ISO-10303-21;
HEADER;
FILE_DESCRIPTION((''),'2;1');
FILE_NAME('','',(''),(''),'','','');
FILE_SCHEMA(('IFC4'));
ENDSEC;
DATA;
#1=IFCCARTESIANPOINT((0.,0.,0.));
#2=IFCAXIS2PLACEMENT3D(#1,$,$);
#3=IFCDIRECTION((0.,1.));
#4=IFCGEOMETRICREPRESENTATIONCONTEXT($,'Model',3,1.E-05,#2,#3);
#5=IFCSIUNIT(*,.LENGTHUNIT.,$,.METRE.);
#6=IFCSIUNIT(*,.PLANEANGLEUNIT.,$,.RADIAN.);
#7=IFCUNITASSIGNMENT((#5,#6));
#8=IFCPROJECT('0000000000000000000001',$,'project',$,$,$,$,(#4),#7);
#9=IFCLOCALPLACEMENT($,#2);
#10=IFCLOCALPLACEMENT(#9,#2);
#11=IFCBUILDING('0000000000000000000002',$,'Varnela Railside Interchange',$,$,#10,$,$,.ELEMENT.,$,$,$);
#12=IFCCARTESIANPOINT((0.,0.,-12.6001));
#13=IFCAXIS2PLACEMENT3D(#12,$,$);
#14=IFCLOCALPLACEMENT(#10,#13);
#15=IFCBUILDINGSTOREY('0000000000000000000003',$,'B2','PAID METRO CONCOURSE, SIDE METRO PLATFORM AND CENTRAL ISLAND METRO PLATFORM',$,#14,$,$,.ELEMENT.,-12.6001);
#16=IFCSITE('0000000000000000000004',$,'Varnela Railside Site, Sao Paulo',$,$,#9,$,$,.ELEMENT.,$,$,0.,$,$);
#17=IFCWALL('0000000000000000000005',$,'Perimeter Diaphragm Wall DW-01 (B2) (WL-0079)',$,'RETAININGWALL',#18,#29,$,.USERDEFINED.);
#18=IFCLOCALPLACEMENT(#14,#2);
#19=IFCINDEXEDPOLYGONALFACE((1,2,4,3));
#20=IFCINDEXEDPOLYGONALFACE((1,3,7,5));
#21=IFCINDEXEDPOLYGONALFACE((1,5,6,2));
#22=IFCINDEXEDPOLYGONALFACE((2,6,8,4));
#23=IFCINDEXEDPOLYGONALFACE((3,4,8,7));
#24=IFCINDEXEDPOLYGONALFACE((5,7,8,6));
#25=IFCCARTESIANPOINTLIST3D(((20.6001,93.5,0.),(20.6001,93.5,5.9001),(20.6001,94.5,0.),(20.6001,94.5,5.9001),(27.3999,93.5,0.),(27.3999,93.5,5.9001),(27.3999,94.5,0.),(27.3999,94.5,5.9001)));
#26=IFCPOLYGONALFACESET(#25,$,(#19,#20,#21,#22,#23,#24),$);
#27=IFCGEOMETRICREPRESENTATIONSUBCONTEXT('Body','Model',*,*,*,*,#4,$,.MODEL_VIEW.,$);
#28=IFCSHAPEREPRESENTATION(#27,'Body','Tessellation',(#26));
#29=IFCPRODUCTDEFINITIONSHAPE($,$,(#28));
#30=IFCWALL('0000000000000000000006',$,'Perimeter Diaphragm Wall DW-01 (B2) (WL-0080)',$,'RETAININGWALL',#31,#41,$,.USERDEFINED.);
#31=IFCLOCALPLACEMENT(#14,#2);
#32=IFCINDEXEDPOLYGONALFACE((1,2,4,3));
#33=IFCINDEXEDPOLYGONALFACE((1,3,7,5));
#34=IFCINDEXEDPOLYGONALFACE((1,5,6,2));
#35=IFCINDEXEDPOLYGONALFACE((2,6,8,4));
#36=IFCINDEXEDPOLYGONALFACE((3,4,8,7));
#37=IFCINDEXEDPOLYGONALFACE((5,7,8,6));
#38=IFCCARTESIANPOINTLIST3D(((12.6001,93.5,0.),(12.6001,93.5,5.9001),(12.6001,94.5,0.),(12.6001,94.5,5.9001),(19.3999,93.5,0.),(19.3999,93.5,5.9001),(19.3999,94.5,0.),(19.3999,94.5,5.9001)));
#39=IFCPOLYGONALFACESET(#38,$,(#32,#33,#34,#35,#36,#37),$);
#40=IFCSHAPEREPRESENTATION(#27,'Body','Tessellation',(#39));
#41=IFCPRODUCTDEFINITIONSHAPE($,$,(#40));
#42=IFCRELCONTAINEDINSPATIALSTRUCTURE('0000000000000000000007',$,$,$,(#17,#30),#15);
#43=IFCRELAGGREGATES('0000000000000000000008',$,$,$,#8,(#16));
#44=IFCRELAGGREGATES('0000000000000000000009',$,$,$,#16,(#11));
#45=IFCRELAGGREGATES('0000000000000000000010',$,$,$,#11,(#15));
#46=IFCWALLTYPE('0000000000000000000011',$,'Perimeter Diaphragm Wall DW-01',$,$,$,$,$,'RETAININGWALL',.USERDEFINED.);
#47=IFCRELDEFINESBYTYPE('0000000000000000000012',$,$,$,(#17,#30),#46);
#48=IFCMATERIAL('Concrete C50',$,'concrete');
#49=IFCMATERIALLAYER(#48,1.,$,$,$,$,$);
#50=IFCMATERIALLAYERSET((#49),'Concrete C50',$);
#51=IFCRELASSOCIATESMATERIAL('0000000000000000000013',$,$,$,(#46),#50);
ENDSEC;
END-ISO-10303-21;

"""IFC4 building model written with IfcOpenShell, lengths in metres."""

from ifc_helpers import new_model, si_unit, direction, frame, frame_2d, origin, place, context, subcontext, project, spatial, rectangle, extrude, material, layer, layer_set, type_object, element, save


model = new_model("IFC4")

# Units and contexts
model_context = context("Model", 3, precision=1e-05, world=origin(), true_north=direction((0.0, 1.0)))
body_context = subcontext(model_context, "Body", "Model", "MODEL_VIEW")
ifc_project = project(units=[si_unit("LENGTHUNIT", "METRE"), si_unit("PLANEANGLEUNIT", "RADIAN")], contexts=[model_context])

# Site, building, storey
site_placement = place(None, origin())
site = spatial("IfcSite", under=ifc_project, at=site_placement, Name="Varnela Railside Site, Sao Paulo", CompositionType="ELEMENT", RefElevation=0.0)
building_placement = place(site_placement, origin())
building = spatial("IfcBuilding", under=site, at=building_placement, Name="Varnela Railside Interchange", CompositionType="ELEMENT")
storey_placement = place(building_placement, frame((0.0, 0.0, -12.6001)))
storey = spatial("IfcBuildingStorey", under=building, at=storey_placement, Name="B2", Description="PAID METRO CONCOURSE, SIDE METRO PLATFORM AND CENTRAL ISLAND METRO PLATFORM", CompositionType="ELEMENT", Elevation=-12.6001)

# Shared definitions
ifc_material_1 = material(Name="Concrete C50", Category="concrete")

# Walls
ifc_layer = layer(ifc_material_1, 1.0)
ifc_layer_set = layer_set([ifc_layer], Name="Concrete C50")
wall_type = type_object("IfcWallType", Name="Perimeter Diaphragm Wall DW-01", ElementType="RETAININGWALL", PredefinedType="USERDEFINED", material=ifc_layer_set)
for number, where, z_axis, x_axis, name in (
    (1, (27.3999, 94.0, 0.0), (0.0, 0.0, 1.0), (-1.0, 0.0, 0.0), "Perimeter Diaphragm Wall DW-01 (B2) (WL-0079)"),
    (2, (19.3999, 94.0, 0.0), (0.0, 0.0, 1.0), (-1.0, 0.0, 0.0), "Perimeter Diaphragm Wall DW-01 (B2) (WL-0080)"),
):
    element("IfcWall", number, at=place(storey_placement, frame(where, z_axis=z_axis, x_axis=x_axis)), inside=storey, type_object=wall_type, Name=name, ObjectType="RETAININGWALL", PredefinedType="USERDEFINED", context=body_context, shape_type="SweptSolid", body=[
        extrude(rectangle(XDim=6.7998, YDim=1.0, at=frame_2d((3.3999, 0.0))), origin(), (0.0, 0.0, 1.0), 5.9001),
    ])

save(model, "model.ifc")
